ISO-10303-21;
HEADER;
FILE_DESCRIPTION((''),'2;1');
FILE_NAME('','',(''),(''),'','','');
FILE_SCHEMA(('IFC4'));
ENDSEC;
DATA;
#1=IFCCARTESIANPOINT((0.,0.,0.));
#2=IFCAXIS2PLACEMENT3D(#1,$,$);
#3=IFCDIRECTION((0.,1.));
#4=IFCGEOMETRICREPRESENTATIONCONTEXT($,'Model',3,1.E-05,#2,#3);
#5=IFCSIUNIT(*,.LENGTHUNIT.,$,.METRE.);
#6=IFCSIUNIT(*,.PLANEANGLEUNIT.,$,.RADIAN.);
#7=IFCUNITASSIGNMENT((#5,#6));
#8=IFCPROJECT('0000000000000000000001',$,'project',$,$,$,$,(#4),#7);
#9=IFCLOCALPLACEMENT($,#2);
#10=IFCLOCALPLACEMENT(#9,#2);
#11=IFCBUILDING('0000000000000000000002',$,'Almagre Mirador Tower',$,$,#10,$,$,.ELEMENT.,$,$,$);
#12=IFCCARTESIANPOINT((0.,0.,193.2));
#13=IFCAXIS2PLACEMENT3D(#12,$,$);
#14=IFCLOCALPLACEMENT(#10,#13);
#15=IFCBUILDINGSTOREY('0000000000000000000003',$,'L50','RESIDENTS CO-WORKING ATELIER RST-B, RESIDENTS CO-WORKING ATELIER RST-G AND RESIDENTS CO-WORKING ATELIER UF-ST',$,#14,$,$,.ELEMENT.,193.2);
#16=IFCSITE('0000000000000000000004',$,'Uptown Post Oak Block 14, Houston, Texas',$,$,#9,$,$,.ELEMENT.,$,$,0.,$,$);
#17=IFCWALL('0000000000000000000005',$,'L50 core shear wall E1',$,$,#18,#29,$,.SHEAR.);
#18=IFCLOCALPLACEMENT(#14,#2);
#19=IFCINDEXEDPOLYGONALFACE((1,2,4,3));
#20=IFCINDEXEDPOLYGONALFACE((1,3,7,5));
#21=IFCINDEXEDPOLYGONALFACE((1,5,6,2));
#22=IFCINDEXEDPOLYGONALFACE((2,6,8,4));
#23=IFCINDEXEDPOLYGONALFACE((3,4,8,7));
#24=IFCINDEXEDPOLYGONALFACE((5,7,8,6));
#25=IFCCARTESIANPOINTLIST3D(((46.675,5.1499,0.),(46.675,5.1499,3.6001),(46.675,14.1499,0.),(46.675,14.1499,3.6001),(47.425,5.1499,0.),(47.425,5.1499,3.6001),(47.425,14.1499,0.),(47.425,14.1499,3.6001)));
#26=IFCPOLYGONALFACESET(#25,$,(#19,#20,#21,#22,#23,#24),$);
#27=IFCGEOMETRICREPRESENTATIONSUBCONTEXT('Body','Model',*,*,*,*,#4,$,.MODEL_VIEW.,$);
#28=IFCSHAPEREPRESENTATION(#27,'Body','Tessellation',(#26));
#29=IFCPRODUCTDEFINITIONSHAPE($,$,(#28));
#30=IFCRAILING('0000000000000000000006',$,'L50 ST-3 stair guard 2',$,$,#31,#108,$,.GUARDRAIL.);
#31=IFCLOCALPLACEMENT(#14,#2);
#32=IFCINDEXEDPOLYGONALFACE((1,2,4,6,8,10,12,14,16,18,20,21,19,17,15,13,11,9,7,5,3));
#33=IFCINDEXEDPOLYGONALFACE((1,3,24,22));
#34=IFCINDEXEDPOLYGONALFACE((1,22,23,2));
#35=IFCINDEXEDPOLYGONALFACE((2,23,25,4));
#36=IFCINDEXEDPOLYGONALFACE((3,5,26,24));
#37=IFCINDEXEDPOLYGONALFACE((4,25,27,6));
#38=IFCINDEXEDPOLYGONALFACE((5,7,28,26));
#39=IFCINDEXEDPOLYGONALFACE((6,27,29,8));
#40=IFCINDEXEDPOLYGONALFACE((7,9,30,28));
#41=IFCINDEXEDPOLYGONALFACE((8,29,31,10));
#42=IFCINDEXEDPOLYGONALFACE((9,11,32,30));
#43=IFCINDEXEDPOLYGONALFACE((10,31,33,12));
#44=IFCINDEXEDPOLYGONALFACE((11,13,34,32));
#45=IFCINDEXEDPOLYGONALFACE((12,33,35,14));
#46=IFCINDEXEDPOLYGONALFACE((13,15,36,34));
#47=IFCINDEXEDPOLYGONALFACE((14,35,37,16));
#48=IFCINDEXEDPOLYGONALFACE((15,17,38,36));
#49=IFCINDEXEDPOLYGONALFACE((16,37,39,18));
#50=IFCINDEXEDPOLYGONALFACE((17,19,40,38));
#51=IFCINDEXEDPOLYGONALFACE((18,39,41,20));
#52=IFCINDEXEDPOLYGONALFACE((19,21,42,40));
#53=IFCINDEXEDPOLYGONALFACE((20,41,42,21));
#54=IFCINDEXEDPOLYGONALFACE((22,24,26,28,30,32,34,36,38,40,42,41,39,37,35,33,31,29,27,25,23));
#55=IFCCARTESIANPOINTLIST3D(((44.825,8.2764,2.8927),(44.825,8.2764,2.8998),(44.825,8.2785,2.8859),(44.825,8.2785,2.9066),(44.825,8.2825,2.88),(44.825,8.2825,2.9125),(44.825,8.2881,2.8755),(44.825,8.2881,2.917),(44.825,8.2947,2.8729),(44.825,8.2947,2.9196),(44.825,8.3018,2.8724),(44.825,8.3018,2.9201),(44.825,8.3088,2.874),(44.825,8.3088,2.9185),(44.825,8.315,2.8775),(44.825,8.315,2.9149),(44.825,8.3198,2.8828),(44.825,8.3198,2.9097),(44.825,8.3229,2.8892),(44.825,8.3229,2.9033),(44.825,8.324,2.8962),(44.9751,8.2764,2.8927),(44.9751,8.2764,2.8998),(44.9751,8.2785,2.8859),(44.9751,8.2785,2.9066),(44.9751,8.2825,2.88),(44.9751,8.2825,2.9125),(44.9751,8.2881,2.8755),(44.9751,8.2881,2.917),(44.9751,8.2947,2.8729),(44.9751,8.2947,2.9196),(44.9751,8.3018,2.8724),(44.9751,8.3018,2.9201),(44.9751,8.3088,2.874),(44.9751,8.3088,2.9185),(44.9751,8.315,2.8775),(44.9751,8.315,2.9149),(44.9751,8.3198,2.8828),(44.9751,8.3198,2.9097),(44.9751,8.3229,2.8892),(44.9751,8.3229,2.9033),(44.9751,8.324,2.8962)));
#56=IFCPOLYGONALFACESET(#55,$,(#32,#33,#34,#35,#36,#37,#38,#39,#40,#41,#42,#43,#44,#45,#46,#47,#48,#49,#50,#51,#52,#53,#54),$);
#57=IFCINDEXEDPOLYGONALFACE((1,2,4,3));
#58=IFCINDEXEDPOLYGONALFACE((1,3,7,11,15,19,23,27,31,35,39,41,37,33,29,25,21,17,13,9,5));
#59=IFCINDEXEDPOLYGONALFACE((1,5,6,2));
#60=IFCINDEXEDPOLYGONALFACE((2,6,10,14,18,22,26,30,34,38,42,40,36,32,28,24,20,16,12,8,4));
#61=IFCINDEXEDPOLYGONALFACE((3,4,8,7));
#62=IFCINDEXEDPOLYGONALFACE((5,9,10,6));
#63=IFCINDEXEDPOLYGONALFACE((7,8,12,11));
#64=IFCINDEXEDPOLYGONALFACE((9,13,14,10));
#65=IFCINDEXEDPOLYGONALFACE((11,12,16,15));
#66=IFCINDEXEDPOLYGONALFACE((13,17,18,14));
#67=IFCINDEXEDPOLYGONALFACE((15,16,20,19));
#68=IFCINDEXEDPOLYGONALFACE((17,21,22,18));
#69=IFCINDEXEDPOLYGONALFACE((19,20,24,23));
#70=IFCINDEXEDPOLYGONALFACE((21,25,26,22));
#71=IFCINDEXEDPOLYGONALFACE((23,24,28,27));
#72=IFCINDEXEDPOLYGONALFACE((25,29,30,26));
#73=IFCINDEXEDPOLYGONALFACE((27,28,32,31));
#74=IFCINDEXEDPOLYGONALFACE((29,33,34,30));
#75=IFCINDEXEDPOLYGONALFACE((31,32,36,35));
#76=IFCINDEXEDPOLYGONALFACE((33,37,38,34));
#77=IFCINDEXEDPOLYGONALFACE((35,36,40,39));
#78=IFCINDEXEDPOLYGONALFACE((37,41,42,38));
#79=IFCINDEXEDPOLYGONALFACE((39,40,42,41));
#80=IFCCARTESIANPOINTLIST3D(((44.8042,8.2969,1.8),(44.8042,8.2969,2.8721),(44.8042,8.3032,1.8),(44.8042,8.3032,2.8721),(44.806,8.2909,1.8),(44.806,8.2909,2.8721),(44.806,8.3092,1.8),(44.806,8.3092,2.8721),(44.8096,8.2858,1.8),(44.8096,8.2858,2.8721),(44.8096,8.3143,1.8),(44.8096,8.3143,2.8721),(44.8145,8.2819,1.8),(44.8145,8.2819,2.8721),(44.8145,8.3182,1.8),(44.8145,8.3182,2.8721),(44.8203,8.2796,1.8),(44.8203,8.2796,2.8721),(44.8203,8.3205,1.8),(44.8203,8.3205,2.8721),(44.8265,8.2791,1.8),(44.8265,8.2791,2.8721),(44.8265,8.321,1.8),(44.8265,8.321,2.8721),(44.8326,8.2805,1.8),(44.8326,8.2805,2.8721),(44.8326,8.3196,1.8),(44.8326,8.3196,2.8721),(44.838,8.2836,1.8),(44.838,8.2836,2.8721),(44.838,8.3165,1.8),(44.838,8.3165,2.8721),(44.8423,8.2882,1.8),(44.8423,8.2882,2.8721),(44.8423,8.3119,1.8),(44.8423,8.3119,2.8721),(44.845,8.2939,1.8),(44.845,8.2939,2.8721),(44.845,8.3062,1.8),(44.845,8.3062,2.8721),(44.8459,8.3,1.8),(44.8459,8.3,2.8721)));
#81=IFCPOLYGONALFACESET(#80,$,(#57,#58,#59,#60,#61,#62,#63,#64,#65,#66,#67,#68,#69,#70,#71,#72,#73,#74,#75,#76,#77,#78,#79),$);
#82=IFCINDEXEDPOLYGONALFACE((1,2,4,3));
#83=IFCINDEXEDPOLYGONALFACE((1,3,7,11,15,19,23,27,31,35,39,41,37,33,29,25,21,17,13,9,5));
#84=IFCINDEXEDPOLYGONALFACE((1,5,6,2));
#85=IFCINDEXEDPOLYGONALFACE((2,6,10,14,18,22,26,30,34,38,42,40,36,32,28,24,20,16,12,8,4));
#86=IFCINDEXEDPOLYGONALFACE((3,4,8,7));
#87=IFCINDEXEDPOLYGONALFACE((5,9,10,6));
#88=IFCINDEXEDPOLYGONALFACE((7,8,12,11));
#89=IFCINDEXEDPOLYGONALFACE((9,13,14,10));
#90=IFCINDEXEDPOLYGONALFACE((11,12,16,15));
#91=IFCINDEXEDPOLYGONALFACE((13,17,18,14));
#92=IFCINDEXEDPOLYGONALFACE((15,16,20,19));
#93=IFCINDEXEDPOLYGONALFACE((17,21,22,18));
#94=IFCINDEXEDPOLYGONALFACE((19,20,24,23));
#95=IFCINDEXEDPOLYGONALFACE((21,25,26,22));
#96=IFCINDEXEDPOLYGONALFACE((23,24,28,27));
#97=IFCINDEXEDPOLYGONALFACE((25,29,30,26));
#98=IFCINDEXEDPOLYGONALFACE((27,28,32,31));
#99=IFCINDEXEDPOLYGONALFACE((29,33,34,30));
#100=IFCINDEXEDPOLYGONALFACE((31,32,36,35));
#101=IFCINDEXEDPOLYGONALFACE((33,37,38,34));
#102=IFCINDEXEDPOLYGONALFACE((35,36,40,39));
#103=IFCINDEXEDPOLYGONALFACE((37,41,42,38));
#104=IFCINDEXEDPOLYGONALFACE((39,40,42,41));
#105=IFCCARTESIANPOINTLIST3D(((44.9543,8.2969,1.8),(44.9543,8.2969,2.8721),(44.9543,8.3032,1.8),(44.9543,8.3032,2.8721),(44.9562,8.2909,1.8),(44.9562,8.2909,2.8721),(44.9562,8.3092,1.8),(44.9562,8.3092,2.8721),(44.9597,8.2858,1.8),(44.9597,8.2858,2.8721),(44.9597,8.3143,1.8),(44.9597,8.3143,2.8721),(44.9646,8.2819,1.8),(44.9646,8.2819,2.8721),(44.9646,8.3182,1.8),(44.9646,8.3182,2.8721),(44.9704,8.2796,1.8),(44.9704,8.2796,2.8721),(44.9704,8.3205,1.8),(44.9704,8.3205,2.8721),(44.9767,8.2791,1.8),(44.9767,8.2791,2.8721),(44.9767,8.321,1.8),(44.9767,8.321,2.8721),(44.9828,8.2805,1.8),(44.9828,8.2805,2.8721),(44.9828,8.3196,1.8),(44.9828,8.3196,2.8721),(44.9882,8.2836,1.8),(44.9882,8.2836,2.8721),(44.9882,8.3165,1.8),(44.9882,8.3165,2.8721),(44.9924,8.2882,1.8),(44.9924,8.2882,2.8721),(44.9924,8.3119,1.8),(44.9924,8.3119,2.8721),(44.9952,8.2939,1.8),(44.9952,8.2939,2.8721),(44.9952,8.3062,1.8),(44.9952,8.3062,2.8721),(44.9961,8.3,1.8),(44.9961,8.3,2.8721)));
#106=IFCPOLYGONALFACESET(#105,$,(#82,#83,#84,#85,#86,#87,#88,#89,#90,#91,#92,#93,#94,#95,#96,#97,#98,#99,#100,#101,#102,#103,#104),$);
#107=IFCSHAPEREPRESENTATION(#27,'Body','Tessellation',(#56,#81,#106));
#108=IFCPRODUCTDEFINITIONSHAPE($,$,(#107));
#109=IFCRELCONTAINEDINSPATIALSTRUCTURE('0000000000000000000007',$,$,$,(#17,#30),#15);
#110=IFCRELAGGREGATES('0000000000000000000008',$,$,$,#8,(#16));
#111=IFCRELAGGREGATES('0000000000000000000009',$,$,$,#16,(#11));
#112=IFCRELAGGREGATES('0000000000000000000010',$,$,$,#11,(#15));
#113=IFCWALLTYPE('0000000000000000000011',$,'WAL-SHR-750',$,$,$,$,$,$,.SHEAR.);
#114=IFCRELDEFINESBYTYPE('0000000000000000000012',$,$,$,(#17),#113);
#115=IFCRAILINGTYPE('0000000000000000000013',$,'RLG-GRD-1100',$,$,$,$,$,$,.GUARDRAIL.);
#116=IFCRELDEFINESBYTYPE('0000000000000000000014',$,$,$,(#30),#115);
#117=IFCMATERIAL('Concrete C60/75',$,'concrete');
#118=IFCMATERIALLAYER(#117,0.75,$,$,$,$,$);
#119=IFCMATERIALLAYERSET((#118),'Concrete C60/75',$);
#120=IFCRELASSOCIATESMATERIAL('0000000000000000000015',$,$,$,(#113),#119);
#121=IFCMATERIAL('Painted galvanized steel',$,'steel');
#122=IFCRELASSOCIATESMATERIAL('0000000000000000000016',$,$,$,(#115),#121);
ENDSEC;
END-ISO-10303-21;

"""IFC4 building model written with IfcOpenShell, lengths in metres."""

from ifc_helpers import new_model, si_unit, direction, frame, frame_2d, origin, origin_2d, place, context, subcontext, project, spatial, rectangle, circle, extrude, material, layer, layer_set, type_object, element, save


model = new_model("IFC4")

# Units and contexts
model_context = context("Model", 3, precision=1e-05, world=origin(), true_north=direction((0.0, 1.0)))
body_context = subcontext(model_context, "Body", "Model", "MODEL_VIEW")
ifc_project = project(units=[si_unit("LENGTHUNIT", "METRE"), si_unit("PLANEANGLEUNIT", "RADIAN")], contexts=[model_context])

# Site, building, storey
site_placement = place(None, origin())
site = spatial("IfcSite", under=ifc_project, at=site_placement, Name="Uptown Post Oak Block 14, Houston, Texas", CompositionType="ELEMENT", RefElevation=0.0)
building_placement = place(site_placement, origin())
building = spatial("IfcBuilding", under=site, at=building_placement, Name="Almagre Mirador Tower", CompositionType="ELEMENT")
storey_placement = place(building_placement, frame((0.0, 0.0, 193.2)))
storey = spatial("IfcBuildingStorey", under=building, at=storey_placement, Name="L50", Description="RESIDENTS CO-WORKING ATELIER RST-B, RESIDENTS CO-WORKING ATELIER RST-G AND RESIDENTS CO-WORKING ATELIER UF-ST", CompositionType="ELEMENT", Elevation=193.2)

# Wall
ifc_material_1 = material(Name="Concrete C60/75", Category="concrete")
ifc_layer_1 = layer(ifc_material_1, 0.75)
ifc_layer_set_1 = layer_set([ifc_layer_1], Name="Concrete C60/75")
wall_type_1 = type_object("IfcWallType", Name="WAL-SHR-750", PredefinedType="SHEAR", material=ifc_layer_set_1)
wall_1_placement = place(storey_placement, frame((47.05, 5.1499, 0.0), z_axis=(0.0, 0.0, 1.0), x_axis=(0.0, 1.0, 0.0)))
element("IfcWall", 1, at=wall_1_placement, inside=storey, type_object=wall_type_1, Name="L50 core shear wall E1", PredefinedType="SHEAR", context=body_context, shape_type="SweptSolid", body=[
    extrude(rectangle(XDim=9.0, YDim=0.75, at=frame_2d((4.5, 0.0))), origin(), (0.0, 0.0, 1.0), 3.6001),
])

# Railing
ifc_material_2 = material(Name="Painted galvanized steel", Category="steel")
railing_type = type_object("IfcRailingType", Name="RLG-GRD-1100", PredefinedType="GUARDRAIL", material=ifc_material_2)
railing_placement = place(storey_placement, frame((44.825, 8.3, 1.8)))
element("IfcRailing", 2, at=railing_placement, inside=storey, type_object=railing_type, Name="L50 ST-3 stair guard 2", PredefinedType="GUARDRAIL", context=body_context, shape_type="SweptSolid", body=[
    extrude(circle(Radius=0.0239, at=origin_2d()), frame((0.0, 0.0, 1.0962), z_axis=(1.0, 0.0, 0.0), x_axis=(0.0, 1.0, 0.0)), (0.0, 0.0, 1.0), 0.1501),
    extrude(circle(Radius=0.021, at=origin_2d()), origin(), (0.0, 0.0, 1.0), 1.072),
    extrude(circle(Radius=0.021, at=origin_2d()), frame((0.1501, 0.0, 0.0)), (0.0, 0.0, 1.0), 1.072),
])

save(model, "model.ifc")
